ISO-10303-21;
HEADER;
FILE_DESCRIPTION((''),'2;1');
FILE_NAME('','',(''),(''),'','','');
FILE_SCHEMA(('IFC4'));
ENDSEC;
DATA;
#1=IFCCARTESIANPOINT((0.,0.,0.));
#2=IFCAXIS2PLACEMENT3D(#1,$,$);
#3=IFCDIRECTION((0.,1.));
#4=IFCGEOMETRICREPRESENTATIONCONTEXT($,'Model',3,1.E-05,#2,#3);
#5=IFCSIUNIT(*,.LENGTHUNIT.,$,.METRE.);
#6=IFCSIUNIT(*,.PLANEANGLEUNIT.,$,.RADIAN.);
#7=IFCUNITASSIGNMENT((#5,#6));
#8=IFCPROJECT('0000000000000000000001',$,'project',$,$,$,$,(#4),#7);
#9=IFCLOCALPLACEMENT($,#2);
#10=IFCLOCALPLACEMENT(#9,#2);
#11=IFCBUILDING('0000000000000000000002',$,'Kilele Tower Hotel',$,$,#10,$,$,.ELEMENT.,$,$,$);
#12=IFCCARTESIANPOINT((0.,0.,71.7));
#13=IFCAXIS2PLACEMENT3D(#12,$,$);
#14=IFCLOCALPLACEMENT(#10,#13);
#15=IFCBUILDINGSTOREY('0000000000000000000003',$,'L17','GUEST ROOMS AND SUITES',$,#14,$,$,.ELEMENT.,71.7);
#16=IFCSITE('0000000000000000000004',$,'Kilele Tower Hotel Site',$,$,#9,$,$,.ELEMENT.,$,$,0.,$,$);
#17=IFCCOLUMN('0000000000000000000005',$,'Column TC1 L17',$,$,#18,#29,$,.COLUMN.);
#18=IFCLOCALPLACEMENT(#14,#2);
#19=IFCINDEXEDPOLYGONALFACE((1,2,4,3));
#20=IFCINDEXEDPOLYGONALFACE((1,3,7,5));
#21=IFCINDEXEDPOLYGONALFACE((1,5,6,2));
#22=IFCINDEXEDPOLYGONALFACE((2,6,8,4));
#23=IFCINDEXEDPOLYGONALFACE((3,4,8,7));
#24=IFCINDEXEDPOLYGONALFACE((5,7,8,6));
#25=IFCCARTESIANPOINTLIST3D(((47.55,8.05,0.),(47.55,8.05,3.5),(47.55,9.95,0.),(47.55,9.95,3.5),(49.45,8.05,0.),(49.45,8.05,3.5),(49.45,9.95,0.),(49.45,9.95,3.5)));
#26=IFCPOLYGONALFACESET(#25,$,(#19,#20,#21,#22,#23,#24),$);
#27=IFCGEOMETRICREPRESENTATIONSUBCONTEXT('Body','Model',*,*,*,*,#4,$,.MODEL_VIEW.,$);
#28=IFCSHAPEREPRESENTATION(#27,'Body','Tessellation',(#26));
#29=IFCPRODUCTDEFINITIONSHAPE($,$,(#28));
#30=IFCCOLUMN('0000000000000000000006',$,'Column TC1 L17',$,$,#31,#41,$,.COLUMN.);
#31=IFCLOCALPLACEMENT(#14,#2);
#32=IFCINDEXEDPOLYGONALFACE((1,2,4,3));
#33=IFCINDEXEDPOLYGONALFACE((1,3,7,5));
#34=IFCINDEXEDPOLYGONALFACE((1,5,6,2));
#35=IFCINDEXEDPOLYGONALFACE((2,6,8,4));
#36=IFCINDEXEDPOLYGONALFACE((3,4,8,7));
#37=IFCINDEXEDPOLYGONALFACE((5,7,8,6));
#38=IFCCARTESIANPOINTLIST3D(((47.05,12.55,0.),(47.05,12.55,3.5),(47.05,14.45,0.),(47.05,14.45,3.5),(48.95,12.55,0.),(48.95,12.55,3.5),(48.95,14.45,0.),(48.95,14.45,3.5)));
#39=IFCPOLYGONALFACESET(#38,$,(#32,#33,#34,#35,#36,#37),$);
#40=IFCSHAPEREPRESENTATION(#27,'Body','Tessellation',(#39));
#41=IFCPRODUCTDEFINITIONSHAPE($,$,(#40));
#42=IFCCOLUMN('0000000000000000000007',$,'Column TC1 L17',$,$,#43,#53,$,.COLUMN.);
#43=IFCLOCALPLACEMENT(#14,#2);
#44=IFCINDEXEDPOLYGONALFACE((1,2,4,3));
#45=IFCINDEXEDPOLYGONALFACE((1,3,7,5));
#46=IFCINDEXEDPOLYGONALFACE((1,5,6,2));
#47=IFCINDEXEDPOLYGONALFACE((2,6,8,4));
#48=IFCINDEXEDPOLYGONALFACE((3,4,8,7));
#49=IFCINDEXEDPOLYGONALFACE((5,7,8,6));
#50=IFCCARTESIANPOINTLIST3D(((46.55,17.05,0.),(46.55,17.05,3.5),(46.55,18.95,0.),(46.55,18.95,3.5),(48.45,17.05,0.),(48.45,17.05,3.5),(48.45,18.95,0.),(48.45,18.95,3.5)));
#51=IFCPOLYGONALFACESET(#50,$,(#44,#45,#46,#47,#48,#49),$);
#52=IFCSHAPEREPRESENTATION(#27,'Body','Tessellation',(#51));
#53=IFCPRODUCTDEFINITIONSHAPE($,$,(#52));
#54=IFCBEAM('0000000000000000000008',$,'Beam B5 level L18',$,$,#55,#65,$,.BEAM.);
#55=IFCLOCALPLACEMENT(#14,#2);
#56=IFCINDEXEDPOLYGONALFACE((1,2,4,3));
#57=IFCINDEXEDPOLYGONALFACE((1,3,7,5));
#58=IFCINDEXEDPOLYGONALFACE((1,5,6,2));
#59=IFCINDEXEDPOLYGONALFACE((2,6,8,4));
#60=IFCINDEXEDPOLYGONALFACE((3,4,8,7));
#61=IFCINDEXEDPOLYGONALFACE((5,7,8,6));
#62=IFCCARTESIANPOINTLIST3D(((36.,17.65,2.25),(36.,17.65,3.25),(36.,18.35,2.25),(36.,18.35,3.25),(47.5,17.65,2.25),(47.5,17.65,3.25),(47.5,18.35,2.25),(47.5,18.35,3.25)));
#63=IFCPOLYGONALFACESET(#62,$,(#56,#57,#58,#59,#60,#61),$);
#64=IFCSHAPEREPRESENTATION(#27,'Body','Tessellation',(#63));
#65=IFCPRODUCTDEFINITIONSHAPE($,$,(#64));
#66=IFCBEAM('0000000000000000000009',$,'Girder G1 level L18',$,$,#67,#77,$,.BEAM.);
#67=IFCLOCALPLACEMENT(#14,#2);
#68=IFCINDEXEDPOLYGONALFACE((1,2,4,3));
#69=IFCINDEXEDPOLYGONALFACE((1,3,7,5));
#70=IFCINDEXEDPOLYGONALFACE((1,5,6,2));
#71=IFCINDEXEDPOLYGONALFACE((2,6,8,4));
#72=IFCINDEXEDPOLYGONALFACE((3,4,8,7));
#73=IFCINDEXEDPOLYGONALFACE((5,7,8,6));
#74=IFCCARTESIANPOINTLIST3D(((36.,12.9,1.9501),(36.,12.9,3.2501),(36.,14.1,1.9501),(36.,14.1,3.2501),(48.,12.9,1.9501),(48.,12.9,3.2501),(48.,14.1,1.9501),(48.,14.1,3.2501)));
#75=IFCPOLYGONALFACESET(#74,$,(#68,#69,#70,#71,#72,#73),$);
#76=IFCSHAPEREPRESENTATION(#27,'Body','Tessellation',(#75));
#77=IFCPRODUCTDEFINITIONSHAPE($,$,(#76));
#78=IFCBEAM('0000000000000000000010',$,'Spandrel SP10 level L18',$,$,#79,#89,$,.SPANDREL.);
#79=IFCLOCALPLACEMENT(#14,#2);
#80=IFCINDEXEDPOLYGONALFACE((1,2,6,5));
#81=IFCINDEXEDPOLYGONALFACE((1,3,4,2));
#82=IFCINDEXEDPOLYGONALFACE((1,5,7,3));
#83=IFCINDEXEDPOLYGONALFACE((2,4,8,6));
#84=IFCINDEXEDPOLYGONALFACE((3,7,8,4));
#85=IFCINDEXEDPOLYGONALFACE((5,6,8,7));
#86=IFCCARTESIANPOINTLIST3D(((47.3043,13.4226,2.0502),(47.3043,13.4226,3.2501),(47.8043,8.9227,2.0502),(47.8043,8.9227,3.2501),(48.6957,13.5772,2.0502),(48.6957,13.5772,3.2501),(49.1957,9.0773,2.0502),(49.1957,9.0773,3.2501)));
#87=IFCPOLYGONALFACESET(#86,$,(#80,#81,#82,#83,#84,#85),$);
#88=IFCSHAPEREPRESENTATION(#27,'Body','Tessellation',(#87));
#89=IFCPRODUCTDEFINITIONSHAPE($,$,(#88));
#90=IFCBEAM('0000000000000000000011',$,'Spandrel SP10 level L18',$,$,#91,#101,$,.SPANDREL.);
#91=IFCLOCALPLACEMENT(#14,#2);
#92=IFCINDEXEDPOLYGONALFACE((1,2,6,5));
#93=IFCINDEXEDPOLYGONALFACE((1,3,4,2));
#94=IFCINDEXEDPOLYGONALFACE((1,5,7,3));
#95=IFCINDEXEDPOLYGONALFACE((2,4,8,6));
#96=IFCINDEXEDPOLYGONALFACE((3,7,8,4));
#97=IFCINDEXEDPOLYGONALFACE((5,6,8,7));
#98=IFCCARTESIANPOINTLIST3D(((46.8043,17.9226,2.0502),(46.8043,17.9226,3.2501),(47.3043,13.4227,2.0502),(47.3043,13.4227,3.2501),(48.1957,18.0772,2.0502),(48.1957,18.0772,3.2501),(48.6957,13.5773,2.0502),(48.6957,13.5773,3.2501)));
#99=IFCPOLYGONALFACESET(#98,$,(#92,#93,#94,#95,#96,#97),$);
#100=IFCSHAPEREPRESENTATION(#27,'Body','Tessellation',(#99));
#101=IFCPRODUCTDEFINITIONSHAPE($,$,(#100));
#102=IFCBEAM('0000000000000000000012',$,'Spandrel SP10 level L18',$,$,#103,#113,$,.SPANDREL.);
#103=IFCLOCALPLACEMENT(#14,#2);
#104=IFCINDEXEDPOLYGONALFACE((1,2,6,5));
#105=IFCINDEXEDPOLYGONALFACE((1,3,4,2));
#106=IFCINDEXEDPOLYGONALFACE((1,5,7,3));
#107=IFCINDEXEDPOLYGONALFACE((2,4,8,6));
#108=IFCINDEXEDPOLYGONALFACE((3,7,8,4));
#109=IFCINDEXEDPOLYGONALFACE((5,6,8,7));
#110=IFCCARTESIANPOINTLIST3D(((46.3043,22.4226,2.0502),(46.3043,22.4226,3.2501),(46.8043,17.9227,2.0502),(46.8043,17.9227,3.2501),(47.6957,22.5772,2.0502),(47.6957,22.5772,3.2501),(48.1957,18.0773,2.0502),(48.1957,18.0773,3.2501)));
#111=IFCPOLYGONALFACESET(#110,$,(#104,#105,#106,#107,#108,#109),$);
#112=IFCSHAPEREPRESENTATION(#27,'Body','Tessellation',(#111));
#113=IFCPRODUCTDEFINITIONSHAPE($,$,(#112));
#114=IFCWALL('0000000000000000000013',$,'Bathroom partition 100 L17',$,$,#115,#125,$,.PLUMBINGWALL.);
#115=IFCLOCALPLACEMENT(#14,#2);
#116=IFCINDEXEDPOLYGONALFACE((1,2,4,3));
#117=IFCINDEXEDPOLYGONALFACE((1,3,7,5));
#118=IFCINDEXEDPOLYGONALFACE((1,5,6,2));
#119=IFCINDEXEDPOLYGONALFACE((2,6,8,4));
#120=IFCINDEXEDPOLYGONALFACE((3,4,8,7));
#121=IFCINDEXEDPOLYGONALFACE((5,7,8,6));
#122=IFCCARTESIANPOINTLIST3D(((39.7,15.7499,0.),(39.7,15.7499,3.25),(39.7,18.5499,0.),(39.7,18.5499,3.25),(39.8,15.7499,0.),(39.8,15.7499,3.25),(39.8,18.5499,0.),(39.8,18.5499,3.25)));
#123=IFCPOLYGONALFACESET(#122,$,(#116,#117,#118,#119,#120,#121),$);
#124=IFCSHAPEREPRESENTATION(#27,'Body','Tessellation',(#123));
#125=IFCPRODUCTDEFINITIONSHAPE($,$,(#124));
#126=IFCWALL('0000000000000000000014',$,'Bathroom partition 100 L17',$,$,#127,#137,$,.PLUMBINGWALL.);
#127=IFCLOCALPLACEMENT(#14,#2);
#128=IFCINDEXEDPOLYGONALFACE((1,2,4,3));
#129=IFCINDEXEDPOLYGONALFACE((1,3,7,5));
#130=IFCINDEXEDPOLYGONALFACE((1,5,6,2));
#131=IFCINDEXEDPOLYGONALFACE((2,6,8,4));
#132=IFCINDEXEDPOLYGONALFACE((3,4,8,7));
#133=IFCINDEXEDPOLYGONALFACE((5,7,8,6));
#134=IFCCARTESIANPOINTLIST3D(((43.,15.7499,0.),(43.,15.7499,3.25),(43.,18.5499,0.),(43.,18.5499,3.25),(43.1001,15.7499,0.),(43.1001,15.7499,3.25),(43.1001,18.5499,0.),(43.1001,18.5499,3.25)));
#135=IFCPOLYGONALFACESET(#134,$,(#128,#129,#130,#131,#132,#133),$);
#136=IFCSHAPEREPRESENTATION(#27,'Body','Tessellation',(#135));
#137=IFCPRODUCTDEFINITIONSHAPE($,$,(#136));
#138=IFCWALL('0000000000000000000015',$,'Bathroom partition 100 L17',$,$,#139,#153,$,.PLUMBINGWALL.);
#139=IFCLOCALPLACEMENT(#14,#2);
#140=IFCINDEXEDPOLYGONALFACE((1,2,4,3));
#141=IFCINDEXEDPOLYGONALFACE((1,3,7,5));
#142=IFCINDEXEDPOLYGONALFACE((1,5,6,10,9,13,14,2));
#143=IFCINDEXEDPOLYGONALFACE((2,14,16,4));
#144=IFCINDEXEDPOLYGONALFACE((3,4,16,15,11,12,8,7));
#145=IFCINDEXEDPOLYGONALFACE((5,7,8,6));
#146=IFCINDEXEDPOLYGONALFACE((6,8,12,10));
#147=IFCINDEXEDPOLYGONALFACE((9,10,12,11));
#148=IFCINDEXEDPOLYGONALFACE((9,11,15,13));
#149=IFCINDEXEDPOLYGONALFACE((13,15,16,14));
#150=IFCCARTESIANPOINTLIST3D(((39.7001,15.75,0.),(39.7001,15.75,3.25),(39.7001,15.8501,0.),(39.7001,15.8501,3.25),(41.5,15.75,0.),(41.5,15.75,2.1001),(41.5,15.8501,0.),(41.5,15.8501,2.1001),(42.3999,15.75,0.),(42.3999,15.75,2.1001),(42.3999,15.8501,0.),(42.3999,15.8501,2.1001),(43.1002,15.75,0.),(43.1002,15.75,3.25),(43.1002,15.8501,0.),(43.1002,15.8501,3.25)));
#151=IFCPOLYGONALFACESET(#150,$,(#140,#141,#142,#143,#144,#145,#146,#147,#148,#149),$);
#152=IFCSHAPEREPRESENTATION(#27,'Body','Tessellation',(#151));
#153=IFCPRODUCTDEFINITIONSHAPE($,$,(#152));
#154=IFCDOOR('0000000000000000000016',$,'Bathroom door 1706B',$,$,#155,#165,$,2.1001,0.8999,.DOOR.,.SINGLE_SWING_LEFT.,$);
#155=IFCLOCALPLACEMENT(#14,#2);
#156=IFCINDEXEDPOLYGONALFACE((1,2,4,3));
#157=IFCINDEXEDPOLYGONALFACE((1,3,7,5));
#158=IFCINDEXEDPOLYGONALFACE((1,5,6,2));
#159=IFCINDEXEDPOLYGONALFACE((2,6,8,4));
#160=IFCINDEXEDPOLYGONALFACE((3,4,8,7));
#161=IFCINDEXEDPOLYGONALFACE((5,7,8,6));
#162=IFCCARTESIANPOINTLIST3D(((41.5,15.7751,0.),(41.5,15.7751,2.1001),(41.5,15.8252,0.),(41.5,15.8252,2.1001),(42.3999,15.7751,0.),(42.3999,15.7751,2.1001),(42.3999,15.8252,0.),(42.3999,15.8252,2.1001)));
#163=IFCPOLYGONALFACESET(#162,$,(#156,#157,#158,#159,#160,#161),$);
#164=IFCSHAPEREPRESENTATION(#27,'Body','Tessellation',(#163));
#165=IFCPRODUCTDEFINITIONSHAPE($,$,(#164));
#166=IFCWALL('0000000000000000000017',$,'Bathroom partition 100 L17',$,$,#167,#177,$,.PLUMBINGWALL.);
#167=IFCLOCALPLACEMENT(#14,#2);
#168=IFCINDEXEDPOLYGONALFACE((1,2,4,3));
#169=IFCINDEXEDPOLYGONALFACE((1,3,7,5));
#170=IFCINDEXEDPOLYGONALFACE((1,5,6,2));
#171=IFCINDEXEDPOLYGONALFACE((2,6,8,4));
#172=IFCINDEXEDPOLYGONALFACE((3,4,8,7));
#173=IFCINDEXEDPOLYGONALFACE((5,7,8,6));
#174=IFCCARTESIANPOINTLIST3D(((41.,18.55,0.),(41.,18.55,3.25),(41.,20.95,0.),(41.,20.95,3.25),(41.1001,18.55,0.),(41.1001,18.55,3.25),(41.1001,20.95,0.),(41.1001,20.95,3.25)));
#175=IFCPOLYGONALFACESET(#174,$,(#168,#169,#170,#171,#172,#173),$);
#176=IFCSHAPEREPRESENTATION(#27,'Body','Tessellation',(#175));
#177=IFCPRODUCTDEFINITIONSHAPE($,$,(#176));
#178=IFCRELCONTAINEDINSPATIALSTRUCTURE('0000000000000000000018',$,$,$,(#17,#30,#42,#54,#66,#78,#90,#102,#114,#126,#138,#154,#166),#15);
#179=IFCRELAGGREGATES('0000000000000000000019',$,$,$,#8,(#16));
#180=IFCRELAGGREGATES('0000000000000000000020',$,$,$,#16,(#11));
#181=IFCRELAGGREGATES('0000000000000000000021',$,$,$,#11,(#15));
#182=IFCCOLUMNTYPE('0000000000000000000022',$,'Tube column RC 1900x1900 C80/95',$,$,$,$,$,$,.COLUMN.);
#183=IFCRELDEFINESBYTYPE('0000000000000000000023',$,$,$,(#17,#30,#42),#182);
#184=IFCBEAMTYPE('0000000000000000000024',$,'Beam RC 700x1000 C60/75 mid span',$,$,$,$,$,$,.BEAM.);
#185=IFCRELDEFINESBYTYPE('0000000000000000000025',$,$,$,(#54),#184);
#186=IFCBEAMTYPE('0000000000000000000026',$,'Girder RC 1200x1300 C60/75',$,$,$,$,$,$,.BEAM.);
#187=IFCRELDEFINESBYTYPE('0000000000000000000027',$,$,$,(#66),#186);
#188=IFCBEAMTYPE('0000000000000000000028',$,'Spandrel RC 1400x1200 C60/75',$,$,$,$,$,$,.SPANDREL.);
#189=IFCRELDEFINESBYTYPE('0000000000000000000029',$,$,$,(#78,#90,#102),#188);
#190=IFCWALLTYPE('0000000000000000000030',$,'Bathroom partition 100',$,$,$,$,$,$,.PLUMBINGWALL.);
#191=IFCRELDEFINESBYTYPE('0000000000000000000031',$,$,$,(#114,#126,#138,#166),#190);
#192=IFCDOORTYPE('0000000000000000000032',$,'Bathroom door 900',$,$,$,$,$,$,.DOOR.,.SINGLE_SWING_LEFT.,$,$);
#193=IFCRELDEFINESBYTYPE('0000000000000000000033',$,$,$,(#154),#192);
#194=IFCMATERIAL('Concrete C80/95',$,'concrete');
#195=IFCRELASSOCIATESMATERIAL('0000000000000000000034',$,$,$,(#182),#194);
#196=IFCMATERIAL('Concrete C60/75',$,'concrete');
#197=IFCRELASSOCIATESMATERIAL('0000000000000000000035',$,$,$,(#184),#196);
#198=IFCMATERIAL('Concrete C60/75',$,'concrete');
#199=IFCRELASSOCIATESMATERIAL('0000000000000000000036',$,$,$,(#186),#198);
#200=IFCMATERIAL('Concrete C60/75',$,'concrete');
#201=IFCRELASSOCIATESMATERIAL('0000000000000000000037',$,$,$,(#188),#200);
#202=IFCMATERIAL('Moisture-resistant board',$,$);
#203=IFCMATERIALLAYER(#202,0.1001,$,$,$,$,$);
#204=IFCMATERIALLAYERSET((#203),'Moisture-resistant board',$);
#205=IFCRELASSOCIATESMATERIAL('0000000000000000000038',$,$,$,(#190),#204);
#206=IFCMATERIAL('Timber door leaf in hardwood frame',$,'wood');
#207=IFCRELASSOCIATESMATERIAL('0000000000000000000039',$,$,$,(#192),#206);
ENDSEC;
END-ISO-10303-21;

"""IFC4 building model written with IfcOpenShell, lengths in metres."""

from ifc_helpers import new_model, si_unit, direction, frame, frame_2d, origin, origin_2d, place, context, subcontext, project, spatial, rectangle, extrude, material, layer, layer_set, material_profile, profile_set, type_object, element, fill, save


model = new_model("IFC4")

# Units and contexts
model_context = context("Model", 3, precision=1e-05, world=origin(), true_north=direction((0.0, 1.0)))
body_context = subcontext(model_context, "Body", "Model", "MODEL_VIEW")
ifc_project = project(units=[si_unit("LENGTHUNIT", "METRE"), si_unit("PLANEANGLEUNIT", "RADIAN")], contexts=[model_context])

# Site, building, storey
site_placement = place(None, origin())
site = spatial("IfcSite", under=ifc_project, at=site_placement, Name="Kilele Tower Hotel Site", CompositionType="ELEMENT", RefElevation=0.0)
building_placement = place(site_placement, origin())
building = spatial("IfcBuilding", under=site, at=building_placement, Name="Kilele Tower Hotel", CompositionType="ELEMENT")
storey_placement = place(building_placement, frame((0.0, 0.0, 71.7)))
storey = spatial("IfcBuildingStorey", under=building, at=storey_placement, Name="L17", Description="GUEST ROOMS AND SUITES", CompositionType="ELEMENT", Elevation=71.7)

# Columns
ifc_material_1 = material(Name="Concrete C80/95", Category="concrete")
ifc_material_profile_1 = material_profile(ifc_material_1, rectangle(XDim=1.8999, YDim=1.8999, at=origin_2d()))
ifc_profile_set_1 = profile_set([ifc_material_profile_1], Name="Concrete C80/95")
column_type = type_object("IfcColumnType", Name="Tube column RC 1900x1900 C80/95", PredefinedType="COLUMN", material=ifc_profile_set_1)
for number, where, z_axis, x_axis, name in (
    (1, (48.5, 9.0, 0.0), (0.0, 0.0, 1.0), (1.0, 0.0, 0.0), "Column TC1 L17"),
    (2, (48.0, 13.5, 0.0), (0.0, 0.0, 1.0), (1.0, 0.0, 0.0), "Column TC1 L17"),
    (3, (47.5, 18.0, 0.0), (0.0, 0.0, 1.0), (1.0, 0.0, 0.0), "Column TC1 L17"),
):
    element("IfcColumn", number, at=place(storey_placement, frame(where, z_axis=z_axis, x_axis=x_axis)), inside=storey, type_object=column_type, Name=name, PredefinedType="COLUMN", context=body_context, shape_type="SweptSolid", body=[
        extrude(rectangle(XDim=1.8999, YDim=1.8999, at=origin_2d()), origin(), (0.0, 0.0, 1.0), 3.5),
    ])

# Beams
ifc_material_2 = material(Name="Concrete C60/75", Category="concrete")
ifc_material_profile_2 = material_profile(ifc_material_2, rectangle(XDim=0.7, YDim=1.0, at=origin_2d()))
ifc_profile_set_2 = profile_set([ifc_material_profile_2], Name="Concrete C60/75")
beam_type_1 = type_object("IfcBeamType", Name="Beam RC 700x1000 C60/75 mid span", PredefinedType="BEAM", material=ifc_profile_set_2)
beam_1_placement = place(storey_placement, frame((47.5, 18.0, 2.75), z_axis=(-1.0, 0.0, 0.0), x_axis=(0.0, -1.0, 0.0)))
element("IfcBeam", 4, at=beam_1_placement, inside=storey, type_object=beam_type_1, Name="Beam B5 level L18", PredefinedType="BEAM", context=body_context, shape_type="SweptSolid", body=[
    extrude(rectangle(XDim=0.7, YDim=1.0, at=origin_2d()), origin(), (0.0, 0.0, 1.0), 11.5),
])
ifc_material_3 = material(Name="Concrete C60/75", Category="concrete")
ifc_material_profile_3 = material_profile(ifc_material_3, rectangle(XDim=1.2, YDim=1.3, at=origin_2d()))
ifc_profile_set_3 = profile_set([ifc_material_profile_3], Name="Concrete C60/75")
beam_type_2 = type_object("IfcBeamType", Name="Girder RC 1200x1300 C60/75", PredefinedType="BEAM", material=ifc_profile_set_3)
beam_2_placement = place(storey_placement, frame((48.0, 13.5, 2.6001), z_axis=(-1.0, 0.0, 0.0), x_axis=(0.0, -1.0, 0.0)))
element("IfcBeam", 5, at=beam_2_placement, inside=storey, type_object=beam_type_2, Name="Girder G1 level L18", PredefinedType="BEAM", context=body_context, shape_type="SweptSolid", body=[
    extrude(rectangle(XDim=1.2, YDim=1.3, at=origin_2d()), origin(), (0.0, 0.0, 1.0), 12.0),
])
ifc_material_4 = material(Name="Concrete C60/75", Category="concrete")
ifc_material_profile_4 = material_profile(ifc_material_4, rectangle(XDim=1.3999, YDim=1.2, at=origin_2d()))
ifc_profile_set_4 = profile_set([ifc_material_profile_4], Name="Concrete C60/75")
beam_type_3 = type_object("IfcBeamType", Name="Spandrel RC 1400x1200 C60/75", PredefinedType="SPANDREL", material=ifc_profile_set_4)
for number, where, z_axis, x_axis, name in (
    (6, (48.5, 9.0, 2.6501), (-0.110432, 0.993884, 0.0), (-0.993884, -0.110432, 0.0), "Spandrel SP10 level L18"),
    (7, (48.0, 13.5, 2.6501), (-0.110432, 0.993884, 0.0), (-0.993884, -0.110432, 0.0), "Spandrel SP10 level L18"),
    (8, (47.5, 18.0, 2.6501), (-0.110432, 0.993884, 0.0), (-0.993884, -0.110432, 0.0), "Spandrel SP10 level L18"),
):
    element("IfcBeam", number, at=place(storey_placement, frame(where, z_axis=z_axis, x_axis=x_axis)), inside=storey, type_object=beam_type_3, Name=name, PredefinedType="SPANDREL", context=body_context, shape_type="SweptSolid", body=[
        extrude(rectangle(XDim=1.3999, YDim=1.2, at=origin_2d()), origin(), (0.0, 0.0, 1.0), 4.5276),
    ])

# Walls
ifc_material_5 = material(Name="Moisture-resistant board")
ifc_layer_1 = layer(ifc_material_5, 0.1001)
ifc_layer_set_1 = layer_set([ifc_layer_1], Name="Moisture-resistant board")
wall_type_1 = type_object("IfcWallType", Name="Bathroom partition 100", PredefinedType="PLUMBINGWALL", material=ifc_layer_set_1)
for number, where, z_axis, x_axis, name in (
    (9, (39.75, 15.75, 0.0), (0.0, 0.0, 1.0), (0.0, 1.0, 0.0), "Bathroom partition 100 L17"),
    (10, (43.05, 15.75, 0.0), (0.0, 0.0, 1.0), (0.0, 1.0, 0.0), "Bathroom partition 100 L17"),
):
    element("IfcWall", number, at=place(storey_placement, frame(where, z_axis=z_axis, x_axis=x_axis)), inside=storey, type_object=wall_type_1, Name=name, PredefinedType="PLUMBINGWALL", context=body_context, shape_type="SweptSolid", body=[
        extrude(rectangle(XDim=2.8, YDim=0.1001, at=frame_2d((1.3999, 0.0))), origin(), (0.0, 0.0, 1.0), 3.25),
    ])

# Wall, opening, door
wall_1_placement = place(storey_placement, frame((39.7, 15.8, 0.0), z_axis=(0.0, 0.0, 1.0), x_axis=(1.0, 0.0, 0.0)))
wall_1 = element("IfcWall", 11, at=wall_1_placement, inside=storey, type_object=wall_type_1, Name="Bathroom partition 100 L17", PredefinedType="PLUMBINGWALL", context=body_context, shape_type="SweptSolid", body=[
    extrude(rectangle(XDim=3.4001, YDim=0.1001, at=frame_2d((1.7002, 0.0))), origin(), (0.0, 0.0, 1.0), 3.25),
])
opening_1_placement = place(wall_1_placement, frame((2.7, 0.0, 0.0), z_axis=(0.0, 0.0, 1.0), x_axis=(-1.0, 0.0, 0.0)))
opening_1 = element("IfcOpeningElement", 12, at=opening_1_placement, cuts=wall_1, PredefinedType="OPENING", context=body_context, shape_type="SweptSolid", body=[
    extrude(rectangle(XDim=0.8999, YDim=2.1001, at=frame_2d((0.45, 1.05))), frame((0.0, 0.0601, 0.0), z_axis=(0.0, -1.0, 0.0), x_axis=(1.0, 0.0, 0.0)), (0.0, 0.0, 1.0), 0.1201),
])
ifc_material_6 = material(Name="Timber door leaf in hardwood frame", Category="wood")
door_type_1 = type_object("IfcDoorType", Name="Bathroom door 900", OperationType="SINGLE_SWING_LEFT", PredefinedType="DOOR", material=ifc_material_6)
door_1_placement = place(opening_1_placement, origin())
door_1 = element("IfcDoor", 13, at=door_1_placement, inside=storey, type_object=door_type_1, Name="Bathroom door 1706B", OperationType="SINGLE_SWING_LEFT", OverallHeight=2.1001, OverallWidth=0.8999, PredefinedType="DOOR", context=body_context, shape_type="SweptSolid", body=[
    extrude(rectangle(XDim=0.8999, YDim=2.1001, at=frame_2d((0.45, 1.05))), frame((0.0, 0.0249, 0.0), z_axis=(0.0, -1.0, 0.0), x_axis=(1.0, 0.0, 0.0)), (0.0, 0.0, 1.0), 0.05),
])
fill(opening_1, door_1)

# Wall
wall_2_placement = place(storey_placement, frame((41.05, 18.55, 0.0), z_axis=(0.0, 0.0, 1.0), x_axis=(0.0, 1.0, 0.0)))
element("IfcWall", 14, at=wall_2_placement, inside=storey, type_object=wall_type_1, Name="Bathroom partition 100 L17", PredefinedType="PLUMBINGWALL", context=body_context, shape_type="SweptSolid", body=[
    extrude(rectangle(XDim=2.3999, YDim=0.1001, at=frame_2d((1.2, 0.0))), origin(), (0.0, 0.0, 1.0), 3.25),
])

save(model, "model.ifc")
